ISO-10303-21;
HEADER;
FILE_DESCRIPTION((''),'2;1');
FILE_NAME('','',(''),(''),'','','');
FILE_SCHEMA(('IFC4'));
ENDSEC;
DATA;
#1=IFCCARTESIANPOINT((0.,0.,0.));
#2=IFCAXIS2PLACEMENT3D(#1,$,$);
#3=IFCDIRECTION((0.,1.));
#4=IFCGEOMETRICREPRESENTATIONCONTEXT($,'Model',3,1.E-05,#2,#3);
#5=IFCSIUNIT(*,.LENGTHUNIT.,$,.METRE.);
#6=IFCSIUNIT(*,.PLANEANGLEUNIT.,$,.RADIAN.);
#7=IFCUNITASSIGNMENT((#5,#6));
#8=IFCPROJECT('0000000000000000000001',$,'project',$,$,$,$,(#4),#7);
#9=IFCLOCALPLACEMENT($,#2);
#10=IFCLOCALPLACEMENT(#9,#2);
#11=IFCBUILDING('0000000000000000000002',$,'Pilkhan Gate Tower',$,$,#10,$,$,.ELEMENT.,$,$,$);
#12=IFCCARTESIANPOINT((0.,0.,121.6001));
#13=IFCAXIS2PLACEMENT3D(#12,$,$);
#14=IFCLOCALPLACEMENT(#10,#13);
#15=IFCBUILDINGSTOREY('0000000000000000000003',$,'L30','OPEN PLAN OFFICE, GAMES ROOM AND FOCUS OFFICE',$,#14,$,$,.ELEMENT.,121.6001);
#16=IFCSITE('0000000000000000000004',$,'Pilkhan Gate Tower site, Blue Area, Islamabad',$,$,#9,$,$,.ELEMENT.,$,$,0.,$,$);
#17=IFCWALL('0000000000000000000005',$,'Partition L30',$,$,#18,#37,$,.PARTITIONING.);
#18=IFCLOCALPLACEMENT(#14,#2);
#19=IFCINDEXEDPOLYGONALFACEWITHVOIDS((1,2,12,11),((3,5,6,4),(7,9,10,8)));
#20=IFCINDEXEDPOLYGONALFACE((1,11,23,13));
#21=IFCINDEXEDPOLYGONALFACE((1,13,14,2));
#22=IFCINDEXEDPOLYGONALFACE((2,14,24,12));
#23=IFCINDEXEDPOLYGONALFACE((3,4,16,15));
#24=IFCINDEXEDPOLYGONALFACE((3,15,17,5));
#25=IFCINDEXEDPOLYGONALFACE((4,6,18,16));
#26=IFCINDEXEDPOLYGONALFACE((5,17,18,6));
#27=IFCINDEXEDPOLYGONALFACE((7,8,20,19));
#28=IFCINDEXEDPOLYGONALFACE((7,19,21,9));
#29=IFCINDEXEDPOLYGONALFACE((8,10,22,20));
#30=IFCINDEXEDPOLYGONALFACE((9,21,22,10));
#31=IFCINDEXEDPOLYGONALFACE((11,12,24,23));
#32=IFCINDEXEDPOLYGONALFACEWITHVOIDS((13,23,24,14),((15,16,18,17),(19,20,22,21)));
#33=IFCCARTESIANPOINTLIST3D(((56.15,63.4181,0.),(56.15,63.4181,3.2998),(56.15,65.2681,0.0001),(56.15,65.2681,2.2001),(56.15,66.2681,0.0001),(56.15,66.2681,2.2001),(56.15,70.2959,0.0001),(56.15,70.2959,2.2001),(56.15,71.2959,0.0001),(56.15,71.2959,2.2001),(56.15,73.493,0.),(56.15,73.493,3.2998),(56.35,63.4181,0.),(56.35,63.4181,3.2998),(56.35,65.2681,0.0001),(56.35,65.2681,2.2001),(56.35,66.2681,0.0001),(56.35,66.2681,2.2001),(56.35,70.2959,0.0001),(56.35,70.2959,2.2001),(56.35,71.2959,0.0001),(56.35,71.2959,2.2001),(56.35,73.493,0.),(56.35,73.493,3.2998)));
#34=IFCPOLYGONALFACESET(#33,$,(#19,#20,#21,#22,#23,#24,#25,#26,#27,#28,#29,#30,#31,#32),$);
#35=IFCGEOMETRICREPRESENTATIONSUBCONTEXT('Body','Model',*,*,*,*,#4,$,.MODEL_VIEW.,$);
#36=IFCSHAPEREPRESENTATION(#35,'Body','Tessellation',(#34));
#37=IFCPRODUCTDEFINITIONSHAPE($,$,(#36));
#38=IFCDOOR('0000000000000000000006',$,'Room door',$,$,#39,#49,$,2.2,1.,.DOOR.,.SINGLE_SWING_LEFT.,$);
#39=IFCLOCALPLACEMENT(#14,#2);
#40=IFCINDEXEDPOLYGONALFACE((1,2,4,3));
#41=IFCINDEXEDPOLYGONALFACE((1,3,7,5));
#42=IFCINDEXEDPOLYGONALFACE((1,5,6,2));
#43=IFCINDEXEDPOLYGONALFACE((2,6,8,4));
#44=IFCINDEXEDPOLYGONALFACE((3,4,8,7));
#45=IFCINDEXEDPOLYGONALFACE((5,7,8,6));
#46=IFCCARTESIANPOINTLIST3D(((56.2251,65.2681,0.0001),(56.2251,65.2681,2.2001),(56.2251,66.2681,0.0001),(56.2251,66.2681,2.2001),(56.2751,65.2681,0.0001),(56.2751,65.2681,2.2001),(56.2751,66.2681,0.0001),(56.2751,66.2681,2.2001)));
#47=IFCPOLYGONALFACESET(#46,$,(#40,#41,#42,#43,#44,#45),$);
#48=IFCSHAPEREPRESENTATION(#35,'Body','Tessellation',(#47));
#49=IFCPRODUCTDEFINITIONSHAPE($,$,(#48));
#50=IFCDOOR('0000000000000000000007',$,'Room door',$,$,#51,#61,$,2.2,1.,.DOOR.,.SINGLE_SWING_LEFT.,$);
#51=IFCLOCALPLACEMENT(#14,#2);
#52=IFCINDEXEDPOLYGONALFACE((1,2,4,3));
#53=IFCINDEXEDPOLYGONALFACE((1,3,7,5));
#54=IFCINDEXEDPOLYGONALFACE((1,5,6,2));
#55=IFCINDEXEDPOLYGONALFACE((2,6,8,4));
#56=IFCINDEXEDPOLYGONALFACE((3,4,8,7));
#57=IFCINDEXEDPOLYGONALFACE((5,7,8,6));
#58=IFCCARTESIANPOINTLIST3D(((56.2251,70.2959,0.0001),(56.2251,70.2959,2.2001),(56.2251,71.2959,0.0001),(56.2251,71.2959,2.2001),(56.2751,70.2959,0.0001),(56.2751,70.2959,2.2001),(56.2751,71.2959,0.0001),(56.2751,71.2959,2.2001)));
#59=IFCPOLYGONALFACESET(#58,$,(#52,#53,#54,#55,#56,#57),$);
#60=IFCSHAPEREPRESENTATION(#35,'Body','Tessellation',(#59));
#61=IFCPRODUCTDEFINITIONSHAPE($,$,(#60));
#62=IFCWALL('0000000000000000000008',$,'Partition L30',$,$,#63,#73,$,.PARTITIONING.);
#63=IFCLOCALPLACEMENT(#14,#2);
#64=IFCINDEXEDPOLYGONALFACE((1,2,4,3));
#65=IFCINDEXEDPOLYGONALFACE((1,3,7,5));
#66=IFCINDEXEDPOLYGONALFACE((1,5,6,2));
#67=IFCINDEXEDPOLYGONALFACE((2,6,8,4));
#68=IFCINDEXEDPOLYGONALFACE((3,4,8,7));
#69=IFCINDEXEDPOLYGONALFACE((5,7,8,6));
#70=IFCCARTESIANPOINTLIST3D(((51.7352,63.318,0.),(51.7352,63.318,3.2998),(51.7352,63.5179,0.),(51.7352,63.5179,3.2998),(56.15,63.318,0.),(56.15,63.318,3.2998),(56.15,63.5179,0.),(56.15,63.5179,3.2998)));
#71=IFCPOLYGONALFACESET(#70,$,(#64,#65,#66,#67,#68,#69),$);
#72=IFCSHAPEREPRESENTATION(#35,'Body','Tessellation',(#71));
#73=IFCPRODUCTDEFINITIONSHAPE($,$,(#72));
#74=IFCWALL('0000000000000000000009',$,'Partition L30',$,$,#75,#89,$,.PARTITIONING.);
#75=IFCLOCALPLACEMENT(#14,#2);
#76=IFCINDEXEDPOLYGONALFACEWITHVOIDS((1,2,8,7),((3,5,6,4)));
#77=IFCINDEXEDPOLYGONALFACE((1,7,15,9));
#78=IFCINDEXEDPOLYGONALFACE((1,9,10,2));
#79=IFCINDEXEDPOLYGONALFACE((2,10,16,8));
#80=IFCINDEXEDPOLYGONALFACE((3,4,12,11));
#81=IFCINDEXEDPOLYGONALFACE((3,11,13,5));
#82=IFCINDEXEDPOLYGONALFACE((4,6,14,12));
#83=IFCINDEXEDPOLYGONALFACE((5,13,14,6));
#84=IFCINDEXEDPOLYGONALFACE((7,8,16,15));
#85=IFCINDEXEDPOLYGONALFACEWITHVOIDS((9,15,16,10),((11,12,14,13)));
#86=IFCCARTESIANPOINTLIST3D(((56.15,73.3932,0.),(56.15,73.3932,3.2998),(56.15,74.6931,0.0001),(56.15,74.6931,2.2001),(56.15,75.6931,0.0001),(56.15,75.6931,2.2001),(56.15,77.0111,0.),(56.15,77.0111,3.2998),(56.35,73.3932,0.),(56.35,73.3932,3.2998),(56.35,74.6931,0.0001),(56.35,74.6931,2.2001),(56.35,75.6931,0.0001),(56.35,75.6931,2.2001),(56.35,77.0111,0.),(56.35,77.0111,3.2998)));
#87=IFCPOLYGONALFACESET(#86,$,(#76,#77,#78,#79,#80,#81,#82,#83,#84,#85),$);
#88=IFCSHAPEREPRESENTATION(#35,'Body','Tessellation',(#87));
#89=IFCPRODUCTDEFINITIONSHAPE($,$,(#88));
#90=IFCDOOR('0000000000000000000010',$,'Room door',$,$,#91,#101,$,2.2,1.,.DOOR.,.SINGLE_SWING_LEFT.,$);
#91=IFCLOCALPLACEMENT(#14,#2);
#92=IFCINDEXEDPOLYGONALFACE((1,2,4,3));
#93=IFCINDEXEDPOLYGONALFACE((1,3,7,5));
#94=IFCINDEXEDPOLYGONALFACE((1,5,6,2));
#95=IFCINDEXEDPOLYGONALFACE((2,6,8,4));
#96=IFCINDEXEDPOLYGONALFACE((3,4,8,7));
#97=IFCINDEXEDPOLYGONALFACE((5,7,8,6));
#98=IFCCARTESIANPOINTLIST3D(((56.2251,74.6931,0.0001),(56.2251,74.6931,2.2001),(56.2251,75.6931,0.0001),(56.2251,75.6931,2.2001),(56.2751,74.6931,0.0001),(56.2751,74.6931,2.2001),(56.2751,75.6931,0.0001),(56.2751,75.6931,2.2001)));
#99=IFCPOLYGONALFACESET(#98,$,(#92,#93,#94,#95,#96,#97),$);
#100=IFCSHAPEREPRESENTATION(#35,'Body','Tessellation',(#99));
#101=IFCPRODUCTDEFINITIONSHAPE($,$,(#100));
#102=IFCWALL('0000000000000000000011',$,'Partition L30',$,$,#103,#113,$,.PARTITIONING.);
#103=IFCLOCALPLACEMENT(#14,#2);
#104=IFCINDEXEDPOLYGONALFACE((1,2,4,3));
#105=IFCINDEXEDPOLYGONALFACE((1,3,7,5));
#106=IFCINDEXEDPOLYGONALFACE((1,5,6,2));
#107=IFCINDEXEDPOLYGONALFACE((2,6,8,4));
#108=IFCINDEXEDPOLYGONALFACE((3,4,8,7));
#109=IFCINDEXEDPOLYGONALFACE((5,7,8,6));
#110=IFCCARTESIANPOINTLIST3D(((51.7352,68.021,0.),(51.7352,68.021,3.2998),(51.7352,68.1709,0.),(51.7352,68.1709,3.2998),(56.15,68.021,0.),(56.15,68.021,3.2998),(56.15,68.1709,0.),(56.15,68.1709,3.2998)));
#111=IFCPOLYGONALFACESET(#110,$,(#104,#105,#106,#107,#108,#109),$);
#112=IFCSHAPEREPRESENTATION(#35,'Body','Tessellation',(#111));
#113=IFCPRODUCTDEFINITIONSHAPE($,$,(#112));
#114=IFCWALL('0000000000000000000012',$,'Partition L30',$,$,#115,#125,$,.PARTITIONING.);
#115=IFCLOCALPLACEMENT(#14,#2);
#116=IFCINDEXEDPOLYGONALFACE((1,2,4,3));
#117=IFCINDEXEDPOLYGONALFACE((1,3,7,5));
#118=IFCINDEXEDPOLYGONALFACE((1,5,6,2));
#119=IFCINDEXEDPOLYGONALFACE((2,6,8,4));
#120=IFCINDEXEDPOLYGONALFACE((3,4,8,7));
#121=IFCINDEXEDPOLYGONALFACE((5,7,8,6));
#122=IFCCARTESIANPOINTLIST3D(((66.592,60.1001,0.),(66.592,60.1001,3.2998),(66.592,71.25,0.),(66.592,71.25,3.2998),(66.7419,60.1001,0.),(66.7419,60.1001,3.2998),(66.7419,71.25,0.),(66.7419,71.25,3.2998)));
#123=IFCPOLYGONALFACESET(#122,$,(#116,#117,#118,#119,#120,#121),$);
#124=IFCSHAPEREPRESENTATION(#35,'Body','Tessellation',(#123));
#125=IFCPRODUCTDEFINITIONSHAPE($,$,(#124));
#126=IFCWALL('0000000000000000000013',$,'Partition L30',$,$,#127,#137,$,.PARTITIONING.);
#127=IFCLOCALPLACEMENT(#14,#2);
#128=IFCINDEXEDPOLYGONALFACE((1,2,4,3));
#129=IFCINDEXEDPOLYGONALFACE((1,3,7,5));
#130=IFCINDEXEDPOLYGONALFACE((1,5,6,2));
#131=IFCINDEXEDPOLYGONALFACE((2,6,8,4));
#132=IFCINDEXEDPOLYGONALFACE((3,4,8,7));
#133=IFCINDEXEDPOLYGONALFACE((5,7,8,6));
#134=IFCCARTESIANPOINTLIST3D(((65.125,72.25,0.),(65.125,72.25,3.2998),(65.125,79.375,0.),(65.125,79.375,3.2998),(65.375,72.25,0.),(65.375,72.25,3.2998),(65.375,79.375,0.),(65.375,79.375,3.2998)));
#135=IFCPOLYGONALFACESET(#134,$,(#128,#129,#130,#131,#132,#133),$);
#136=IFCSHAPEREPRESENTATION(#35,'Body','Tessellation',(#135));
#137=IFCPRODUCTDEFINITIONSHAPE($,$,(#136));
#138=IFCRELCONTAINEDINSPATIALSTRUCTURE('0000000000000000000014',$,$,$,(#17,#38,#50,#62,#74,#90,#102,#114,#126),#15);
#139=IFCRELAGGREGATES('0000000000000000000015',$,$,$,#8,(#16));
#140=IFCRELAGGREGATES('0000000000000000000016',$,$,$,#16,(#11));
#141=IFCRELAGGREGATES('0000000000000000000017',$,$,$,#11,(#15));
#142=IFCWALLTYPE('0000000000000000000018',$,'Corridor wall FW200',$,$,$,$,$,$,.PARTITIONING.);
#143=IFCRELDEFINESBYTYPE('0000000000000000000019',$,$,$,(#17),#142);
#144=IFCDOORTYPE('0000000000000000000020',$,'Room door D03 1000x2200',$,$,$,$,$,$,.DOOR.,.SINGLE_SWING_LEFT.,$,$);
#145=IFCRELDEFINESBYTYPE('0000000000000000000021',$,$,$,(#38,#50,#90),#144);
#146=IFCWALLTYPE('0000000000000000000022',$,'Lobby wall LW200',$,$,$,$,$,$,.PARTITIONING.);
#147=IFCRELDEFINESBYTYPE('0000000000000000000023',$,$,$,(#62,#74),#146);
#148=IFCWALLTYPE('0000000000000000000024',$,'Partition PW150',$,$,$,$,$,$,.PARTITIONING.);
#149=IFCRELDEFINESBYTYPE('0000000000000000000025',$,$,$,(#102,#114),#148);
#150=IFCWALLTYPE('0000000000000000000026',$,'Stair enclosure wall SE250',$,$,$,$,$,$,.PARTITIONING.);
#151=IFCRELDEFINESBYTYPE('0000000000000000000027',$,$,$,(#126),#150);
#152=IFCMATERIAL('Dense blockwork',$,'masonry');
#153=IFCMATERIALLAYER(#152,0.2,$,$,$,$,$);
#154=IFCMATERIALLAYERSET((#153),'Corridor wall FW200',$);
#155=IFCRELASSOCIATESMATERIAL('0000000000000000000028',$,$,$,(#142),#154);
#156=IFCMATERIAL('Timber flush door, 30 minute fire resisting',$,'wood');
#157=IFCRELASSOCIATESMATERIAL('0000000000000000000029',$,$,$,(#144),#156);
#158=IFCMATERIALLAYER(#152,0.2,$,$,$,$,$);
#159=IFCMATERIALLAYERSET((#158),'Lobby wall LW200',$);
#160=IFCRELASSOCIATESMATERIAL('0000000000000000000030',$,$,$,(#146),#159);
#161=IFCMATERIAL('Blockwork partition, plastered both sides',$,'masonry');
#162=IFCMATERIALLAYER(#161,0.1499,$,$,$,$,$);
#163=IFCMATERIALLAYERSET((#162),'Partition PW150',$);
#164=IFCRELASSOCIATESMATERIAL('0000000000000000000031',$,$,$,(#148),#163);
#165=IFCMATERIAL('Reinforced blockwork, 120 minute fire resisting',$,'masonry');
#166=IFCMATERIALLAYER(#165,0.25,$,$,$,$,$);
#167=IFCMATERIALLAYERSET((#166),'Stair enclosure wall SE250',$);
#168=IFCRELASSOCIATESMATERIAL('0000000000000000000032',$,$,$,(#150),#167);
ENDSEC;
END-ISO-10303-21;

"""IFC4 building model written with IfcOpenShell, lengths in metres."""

from ifc_helpers import new_model, si_unit, direction, frame, frame_2d, origin, place, context, subcontext, project, spatial, rectangle, extrude, material, layer, layer_set, type_object, element, fill, save


model = new_model("IFC4")

# Units and contexts
model_context = context("Model", 3, precision=1e-05, world=origin(), true_north=direction((0.0, 1.0)))
body_context = subcontext(model_context, "Body", "Model", "MODEL_VIEW")
ifc_project = project(units=[si_unit("LENGTHUNIT", "METRE"), si_unit("PLANEANGLEUNIT", "RADIAN")], contexts=[model_context])

# Site, building, storey
site_placement = place(None, origin())
site = spatial("IfcSite", under=ifc_project, at=site_placement, Name="Pilkhan Gate Tower site, Blue Area, Islamabad", CompositionType="ELEMENT", RefElevation=0.0)
building_placement = place(site_placement, origin())
building = spatial("IfcBuilding", under=site, at=building_placement, Name="Pilkhan Gate Tower", CompositionType="ELEMENT")
storey_placement = place(building_placement, frame((0.0, 0.0, 121.6001)))
storey = spatial("IfcBuildingStorey", under=building, at=storey_placement, Name="L30", Description="OPEN PLAN OFFICE, GAMES ROOM AND FOCUS OFFICE", CompositionType="ELEMENT", Elevation=121.6001)

# Wall, openings, doors
ifc_material_1 = material(Name="Dense blockwork", Category="masonry")
ifc_layer_1 = layer(ifc_material_1, 0.2)
ifc_layer_set_1 = layer_set([ifc_layer_1], Name="Corridor wall FW200")
wall_type_1 = type_object("IfcWallType", Name="Corridor wall FW200", PredefinedType="PARTITIONING", material=ifc_layer_set_1)
wall_1_placement = place(storey_placement, frame((56.25, 63.418, 0.0), z_axis=(0.0, 0.0, 1.0), x_axis=(0.0, 1.0, 0.0)))
wall_1 = element("IfcWall", 1, at=wall_1_placement, inside=storey, type_object=wall_type_1, Name="Partition L30", PredefinedType="PARTITIONING", context=body_context, shape_type="SweptSolid", body=[
    extrude(rectangle(XDim=10.075, YDim=0.2, at=frame_2d((5.0376, 0.0))), origin(), (0.0, 0.0, 1.0), 3.2998),
])
opening_1_placement = place(wall_1_placement, frame((1.8501, 0.0, 0.0)))
opening_1 = element("IfcOpeningElement", 2, at=opening_1_placement, cuts=wall_1, PredefinedType="OPENING", context=body_context, shape_type="SweptSolid", body=[
    extrude(rectangle(XDim=1.0, YDim=2.2, at=frame_2d((0.5, 1.1001))), frame((0.0, 0.1099, 0.0), z_axis=(0.0, -1.0, 0.0), x_axis=(1.0, 0.0, 0.0)), (0.0, 0.0, 1.0), 0.22),
])
opening_2_placement = place(wall_1_placement, frame((6.8779, 0.0, 0.0)))
opening_2 = element("IfcOpeningElement", 3, at=opening_2_placement, cuts=wall_1, PredefinedType="OPENING", context=body_context, shape_type="SweptSolid", body=[
    extrude(rectangle(XDim=1.0, YDim=2.2, at=frame_2d((0.5, 1.1001))), frame((0.0, 0.1099, 0.0), z_axis=(0.0, -1.0, 0.0), x_axis=(1.0, 0.0, 0.0)), (0.0, 0.0, 1.0), 0.22),
])
ifc_material_2 = material(Name="Timber flush door, 30 minute fire resisting", Category="wood")
door_type = type_object("IfcDoorType", Name="Room door D03 1000x2200", OperationType="SINGLE_SWING_LEFT", PredefinedType="DOOR", material=ifc_material_2)
door_1_placement = place(opening_1_placement, origin())
door_1 = element("IfcDoor", 4, at=door_1_placement, inside=storey, type_object=door_type, Name="Room door", OperationType="SINGLE_SWING_LEFT", OverallHeight=2.2, OverallWidth=1.0, PredefinedType="DOOR", context=body_context, shape_type="SweptSolid", body=[
    extrude(rectangle(XDim=1.0, YDim=2.2, at=frame_2d((0.5, 1.1001))), frame((0.0, 0.0249, 0.0), z_axis=(0.0, -1.0, 0.0), x_axis=(1.0, 0.0, 0.0)), (0.0, 0.0, 1.0), 0.05),
])
fill(opening_1, door_1)
door_2_placement = place(opening_2_placement, origin())
door_2 = element("IfcDoor", 5, at=door_2_placement, inside=storey, type_object=door_type, Name="Room door", OperationType="SINGLE_SWING_LEFT", OverallHeight=2.2, OverallWidth=1.0, PredefinedType="DOOR", context=body_context, shape_type="SweptSolid", body=[
    extrude(rectangle(XDim=1.0, YDim=2.2, at=frame_2d((0.5, 1.1001))), frame((0.0, 0.0249, 0.0), z_axis=(0.0, -1.0, 0.0), x_axis=(1.0, 0.0, 0.0)), (0.0, 0.0, 1.0), 0.05),
])
fill(opening_2, door_2)

# Wall
ifc_layer_2 = layer(ifc_material_1, 0.2)
ifc_layer_set_2 = layer_set([ifc_layer_2], Name="Lobby wall LW200")
wall_type_2 = type_object("IfcWallType", Name="Lobby wall LW200", PredefinedType="PARTITIONING", material=ifc_layer_set_2)
wall_2_placement = place(storey_placement, frame((51.7351, 63.418, 0.0), z_axis=(0.0, 0.0, 1.0), x_axis=(1.0, 0.0, 0.0)))
element("IfcWall", 6, at=wall_2_placement, inside=storey, type_object=wall_type_2, Name="Partition L30", PredefinedType="PARTITIONING", context=body_context, shape_type="SweptSolid", body=[
    extrude(rectangle(XDim=4.4148, YDim=0.2, at=frame_2d((2.2075, 0.0))), origin(), (0.0, 0.0, 1.0), 3.2998),
])

# Wall, opening, door
wall_3_placement = place(storey_placement, frame((56.25, 73.3931, 0.0), z_axis=(0.0, 0.0, 1.0), x_axis=(0.0, 1.0, 0.0)))
wall_3 = element("IfcWall", 7, at=wall_3_placement, inside=storey, type_object=wall_type_2, Name="Partition L30", PredefinedType="PARTITIONING", context=body_context, shape_type="SweptSolid", body=[
    extrude(rectangle(XDim=3.6179, YDim=0.2, at=frame_2d((1.8091, 0.0))), origin(), (0.0, 0.0, 1.0), 3.2998),
])
opening_3_placement = place(wall_3_placement, frame((1.3, 0.0, 0.0)))
opening_3 = element("IfcOpeningElement", 8, at=opening_3_placement, cuts=wall_3, PredefinedType="OPENING", context=body_context, shape_type="SweptSolid", body=[
    extrude(rectangle(XDim=1.0, YDim=2.2, at=frame_2d((0.5, 1.1001))), frame((0.0, 0.1099, 0.0), z_axis=(0.0, -1.0, 0.0), x_axis=(1.0, 0.0, 0.0)), (0.0, 0.0, 1.0), 0.22),
])
door_3_placement = place(opening_3_placement, origin())
door_3 = element("IfcDoor", 9, at=door_3_placement, inside=storey, type_object=door_type, Name="Room door", OperationType="SINGLE_SWING_LEFT", OverallHeight=2.2, OverallWidth=1.0, PredefinedType="DOOR", context=body_context, shape_type="SweptSolid", body=[
    extrude(rectangle(XDim=1.0, YDim=2.2, at=frame_2d((0.5, 1.1001))), frame((0.0, 0.0249, 0.0), z_axis=(0.0, -1.0, 0.0), x_axis=(1.0, 0.0, 0.0)), (0.0, 0.0, 1.0), 0.05),
])
fill(opening_3, door_3)

# Walls
ifc_material_3 = material(Name="Blockwork partition, plastered both sides", Category="masonry")
ifc_layer_3 = layer(ifc_material_3, 0.1499)
ifc_layer_set_3 = layer_set([ifc_layer_3], Name="Partition PW150")
wall_type_3 = type_object("IfcWallType", Name="Partition PW150", PredefinedType="PARTITIONING", material=ifc_layer_set_3)
wall_4_placement = place(storey_placement, frame((51.7351, 68.0959, 0.0), z_axis=(0.0, 0.0, 1.0), x_axis=(1.0, 0.0, 0.0)))
element("IfcWall", 10, at=wall_4_placement, inside=storey, type_object=wall_type_3, Name="Partition L30", PredefinedType="PARTITIONING", context=body_context, shape_type="SweptSolid", body=[
    extrude(rectangle(XDim=4.4148, YDim=0.1499, at=frame_2d((2.2075, 0.0))), origin(), (0.0, 0.0, 1.0), 3.2998),
])
wall_5_placement = place(storey_placement, frame((66.667, 60.1001, 0.0), z_axis=(0.0, 0.0, 1.0), x_axis=(0.0, 1.0, 0.0)))
element("IfcWall", 11, at=wall_5_placement, inside=storey, type_object=wall_type_3, Name="Partition L30", PredefinedType="PARTITIONING", context=body_context, shape_type="SweptSolid", body=[
    extrude(rectangle(XDim=11.1499, YDim=0.1499, at=frame_2d((5.575, 0.0))), origin(), (0.0, 0.0, 1.0), 3.2998),
])
ifc_material_4 = material(Name="Reinforced blockwork, 120 minute fire resisting", Category="masonry")
ifc_layer_4 = layer(ifc_material_4, 0.25)
ifc_layer_set_4 = layer_set([ifc_layer_4], Name="Stair enclosure wall SE250")
wall_type_4 = type_object("IfcWallType", Name="Stair enclosure wall SE250", PredefinedType="PARTITIONING", material=ifc_layer_set_4)
wall_6_placement = place(storey_placement, frame((65.25, 72.25, 0.0), z_axis=(0.0, 0.0, 1.0), x_axis=(0.0, 1.0, 0.0)))
element("IfcWall", 12, at=wall_6_placement, inside=storey, type_object=wall_type_4, Name="Partition L30", PredefinedType="PARTITIONING", context=body_context, shape_type="SweptSolid", body=[
    extrude(rectangle(XDim=7.125, YDim=0.25, at=frame_2d((3.5625, 0.0))), origin(), (0.0, 0.0, 1.0), 3.2998),
])

save(model, "model.ifc")
